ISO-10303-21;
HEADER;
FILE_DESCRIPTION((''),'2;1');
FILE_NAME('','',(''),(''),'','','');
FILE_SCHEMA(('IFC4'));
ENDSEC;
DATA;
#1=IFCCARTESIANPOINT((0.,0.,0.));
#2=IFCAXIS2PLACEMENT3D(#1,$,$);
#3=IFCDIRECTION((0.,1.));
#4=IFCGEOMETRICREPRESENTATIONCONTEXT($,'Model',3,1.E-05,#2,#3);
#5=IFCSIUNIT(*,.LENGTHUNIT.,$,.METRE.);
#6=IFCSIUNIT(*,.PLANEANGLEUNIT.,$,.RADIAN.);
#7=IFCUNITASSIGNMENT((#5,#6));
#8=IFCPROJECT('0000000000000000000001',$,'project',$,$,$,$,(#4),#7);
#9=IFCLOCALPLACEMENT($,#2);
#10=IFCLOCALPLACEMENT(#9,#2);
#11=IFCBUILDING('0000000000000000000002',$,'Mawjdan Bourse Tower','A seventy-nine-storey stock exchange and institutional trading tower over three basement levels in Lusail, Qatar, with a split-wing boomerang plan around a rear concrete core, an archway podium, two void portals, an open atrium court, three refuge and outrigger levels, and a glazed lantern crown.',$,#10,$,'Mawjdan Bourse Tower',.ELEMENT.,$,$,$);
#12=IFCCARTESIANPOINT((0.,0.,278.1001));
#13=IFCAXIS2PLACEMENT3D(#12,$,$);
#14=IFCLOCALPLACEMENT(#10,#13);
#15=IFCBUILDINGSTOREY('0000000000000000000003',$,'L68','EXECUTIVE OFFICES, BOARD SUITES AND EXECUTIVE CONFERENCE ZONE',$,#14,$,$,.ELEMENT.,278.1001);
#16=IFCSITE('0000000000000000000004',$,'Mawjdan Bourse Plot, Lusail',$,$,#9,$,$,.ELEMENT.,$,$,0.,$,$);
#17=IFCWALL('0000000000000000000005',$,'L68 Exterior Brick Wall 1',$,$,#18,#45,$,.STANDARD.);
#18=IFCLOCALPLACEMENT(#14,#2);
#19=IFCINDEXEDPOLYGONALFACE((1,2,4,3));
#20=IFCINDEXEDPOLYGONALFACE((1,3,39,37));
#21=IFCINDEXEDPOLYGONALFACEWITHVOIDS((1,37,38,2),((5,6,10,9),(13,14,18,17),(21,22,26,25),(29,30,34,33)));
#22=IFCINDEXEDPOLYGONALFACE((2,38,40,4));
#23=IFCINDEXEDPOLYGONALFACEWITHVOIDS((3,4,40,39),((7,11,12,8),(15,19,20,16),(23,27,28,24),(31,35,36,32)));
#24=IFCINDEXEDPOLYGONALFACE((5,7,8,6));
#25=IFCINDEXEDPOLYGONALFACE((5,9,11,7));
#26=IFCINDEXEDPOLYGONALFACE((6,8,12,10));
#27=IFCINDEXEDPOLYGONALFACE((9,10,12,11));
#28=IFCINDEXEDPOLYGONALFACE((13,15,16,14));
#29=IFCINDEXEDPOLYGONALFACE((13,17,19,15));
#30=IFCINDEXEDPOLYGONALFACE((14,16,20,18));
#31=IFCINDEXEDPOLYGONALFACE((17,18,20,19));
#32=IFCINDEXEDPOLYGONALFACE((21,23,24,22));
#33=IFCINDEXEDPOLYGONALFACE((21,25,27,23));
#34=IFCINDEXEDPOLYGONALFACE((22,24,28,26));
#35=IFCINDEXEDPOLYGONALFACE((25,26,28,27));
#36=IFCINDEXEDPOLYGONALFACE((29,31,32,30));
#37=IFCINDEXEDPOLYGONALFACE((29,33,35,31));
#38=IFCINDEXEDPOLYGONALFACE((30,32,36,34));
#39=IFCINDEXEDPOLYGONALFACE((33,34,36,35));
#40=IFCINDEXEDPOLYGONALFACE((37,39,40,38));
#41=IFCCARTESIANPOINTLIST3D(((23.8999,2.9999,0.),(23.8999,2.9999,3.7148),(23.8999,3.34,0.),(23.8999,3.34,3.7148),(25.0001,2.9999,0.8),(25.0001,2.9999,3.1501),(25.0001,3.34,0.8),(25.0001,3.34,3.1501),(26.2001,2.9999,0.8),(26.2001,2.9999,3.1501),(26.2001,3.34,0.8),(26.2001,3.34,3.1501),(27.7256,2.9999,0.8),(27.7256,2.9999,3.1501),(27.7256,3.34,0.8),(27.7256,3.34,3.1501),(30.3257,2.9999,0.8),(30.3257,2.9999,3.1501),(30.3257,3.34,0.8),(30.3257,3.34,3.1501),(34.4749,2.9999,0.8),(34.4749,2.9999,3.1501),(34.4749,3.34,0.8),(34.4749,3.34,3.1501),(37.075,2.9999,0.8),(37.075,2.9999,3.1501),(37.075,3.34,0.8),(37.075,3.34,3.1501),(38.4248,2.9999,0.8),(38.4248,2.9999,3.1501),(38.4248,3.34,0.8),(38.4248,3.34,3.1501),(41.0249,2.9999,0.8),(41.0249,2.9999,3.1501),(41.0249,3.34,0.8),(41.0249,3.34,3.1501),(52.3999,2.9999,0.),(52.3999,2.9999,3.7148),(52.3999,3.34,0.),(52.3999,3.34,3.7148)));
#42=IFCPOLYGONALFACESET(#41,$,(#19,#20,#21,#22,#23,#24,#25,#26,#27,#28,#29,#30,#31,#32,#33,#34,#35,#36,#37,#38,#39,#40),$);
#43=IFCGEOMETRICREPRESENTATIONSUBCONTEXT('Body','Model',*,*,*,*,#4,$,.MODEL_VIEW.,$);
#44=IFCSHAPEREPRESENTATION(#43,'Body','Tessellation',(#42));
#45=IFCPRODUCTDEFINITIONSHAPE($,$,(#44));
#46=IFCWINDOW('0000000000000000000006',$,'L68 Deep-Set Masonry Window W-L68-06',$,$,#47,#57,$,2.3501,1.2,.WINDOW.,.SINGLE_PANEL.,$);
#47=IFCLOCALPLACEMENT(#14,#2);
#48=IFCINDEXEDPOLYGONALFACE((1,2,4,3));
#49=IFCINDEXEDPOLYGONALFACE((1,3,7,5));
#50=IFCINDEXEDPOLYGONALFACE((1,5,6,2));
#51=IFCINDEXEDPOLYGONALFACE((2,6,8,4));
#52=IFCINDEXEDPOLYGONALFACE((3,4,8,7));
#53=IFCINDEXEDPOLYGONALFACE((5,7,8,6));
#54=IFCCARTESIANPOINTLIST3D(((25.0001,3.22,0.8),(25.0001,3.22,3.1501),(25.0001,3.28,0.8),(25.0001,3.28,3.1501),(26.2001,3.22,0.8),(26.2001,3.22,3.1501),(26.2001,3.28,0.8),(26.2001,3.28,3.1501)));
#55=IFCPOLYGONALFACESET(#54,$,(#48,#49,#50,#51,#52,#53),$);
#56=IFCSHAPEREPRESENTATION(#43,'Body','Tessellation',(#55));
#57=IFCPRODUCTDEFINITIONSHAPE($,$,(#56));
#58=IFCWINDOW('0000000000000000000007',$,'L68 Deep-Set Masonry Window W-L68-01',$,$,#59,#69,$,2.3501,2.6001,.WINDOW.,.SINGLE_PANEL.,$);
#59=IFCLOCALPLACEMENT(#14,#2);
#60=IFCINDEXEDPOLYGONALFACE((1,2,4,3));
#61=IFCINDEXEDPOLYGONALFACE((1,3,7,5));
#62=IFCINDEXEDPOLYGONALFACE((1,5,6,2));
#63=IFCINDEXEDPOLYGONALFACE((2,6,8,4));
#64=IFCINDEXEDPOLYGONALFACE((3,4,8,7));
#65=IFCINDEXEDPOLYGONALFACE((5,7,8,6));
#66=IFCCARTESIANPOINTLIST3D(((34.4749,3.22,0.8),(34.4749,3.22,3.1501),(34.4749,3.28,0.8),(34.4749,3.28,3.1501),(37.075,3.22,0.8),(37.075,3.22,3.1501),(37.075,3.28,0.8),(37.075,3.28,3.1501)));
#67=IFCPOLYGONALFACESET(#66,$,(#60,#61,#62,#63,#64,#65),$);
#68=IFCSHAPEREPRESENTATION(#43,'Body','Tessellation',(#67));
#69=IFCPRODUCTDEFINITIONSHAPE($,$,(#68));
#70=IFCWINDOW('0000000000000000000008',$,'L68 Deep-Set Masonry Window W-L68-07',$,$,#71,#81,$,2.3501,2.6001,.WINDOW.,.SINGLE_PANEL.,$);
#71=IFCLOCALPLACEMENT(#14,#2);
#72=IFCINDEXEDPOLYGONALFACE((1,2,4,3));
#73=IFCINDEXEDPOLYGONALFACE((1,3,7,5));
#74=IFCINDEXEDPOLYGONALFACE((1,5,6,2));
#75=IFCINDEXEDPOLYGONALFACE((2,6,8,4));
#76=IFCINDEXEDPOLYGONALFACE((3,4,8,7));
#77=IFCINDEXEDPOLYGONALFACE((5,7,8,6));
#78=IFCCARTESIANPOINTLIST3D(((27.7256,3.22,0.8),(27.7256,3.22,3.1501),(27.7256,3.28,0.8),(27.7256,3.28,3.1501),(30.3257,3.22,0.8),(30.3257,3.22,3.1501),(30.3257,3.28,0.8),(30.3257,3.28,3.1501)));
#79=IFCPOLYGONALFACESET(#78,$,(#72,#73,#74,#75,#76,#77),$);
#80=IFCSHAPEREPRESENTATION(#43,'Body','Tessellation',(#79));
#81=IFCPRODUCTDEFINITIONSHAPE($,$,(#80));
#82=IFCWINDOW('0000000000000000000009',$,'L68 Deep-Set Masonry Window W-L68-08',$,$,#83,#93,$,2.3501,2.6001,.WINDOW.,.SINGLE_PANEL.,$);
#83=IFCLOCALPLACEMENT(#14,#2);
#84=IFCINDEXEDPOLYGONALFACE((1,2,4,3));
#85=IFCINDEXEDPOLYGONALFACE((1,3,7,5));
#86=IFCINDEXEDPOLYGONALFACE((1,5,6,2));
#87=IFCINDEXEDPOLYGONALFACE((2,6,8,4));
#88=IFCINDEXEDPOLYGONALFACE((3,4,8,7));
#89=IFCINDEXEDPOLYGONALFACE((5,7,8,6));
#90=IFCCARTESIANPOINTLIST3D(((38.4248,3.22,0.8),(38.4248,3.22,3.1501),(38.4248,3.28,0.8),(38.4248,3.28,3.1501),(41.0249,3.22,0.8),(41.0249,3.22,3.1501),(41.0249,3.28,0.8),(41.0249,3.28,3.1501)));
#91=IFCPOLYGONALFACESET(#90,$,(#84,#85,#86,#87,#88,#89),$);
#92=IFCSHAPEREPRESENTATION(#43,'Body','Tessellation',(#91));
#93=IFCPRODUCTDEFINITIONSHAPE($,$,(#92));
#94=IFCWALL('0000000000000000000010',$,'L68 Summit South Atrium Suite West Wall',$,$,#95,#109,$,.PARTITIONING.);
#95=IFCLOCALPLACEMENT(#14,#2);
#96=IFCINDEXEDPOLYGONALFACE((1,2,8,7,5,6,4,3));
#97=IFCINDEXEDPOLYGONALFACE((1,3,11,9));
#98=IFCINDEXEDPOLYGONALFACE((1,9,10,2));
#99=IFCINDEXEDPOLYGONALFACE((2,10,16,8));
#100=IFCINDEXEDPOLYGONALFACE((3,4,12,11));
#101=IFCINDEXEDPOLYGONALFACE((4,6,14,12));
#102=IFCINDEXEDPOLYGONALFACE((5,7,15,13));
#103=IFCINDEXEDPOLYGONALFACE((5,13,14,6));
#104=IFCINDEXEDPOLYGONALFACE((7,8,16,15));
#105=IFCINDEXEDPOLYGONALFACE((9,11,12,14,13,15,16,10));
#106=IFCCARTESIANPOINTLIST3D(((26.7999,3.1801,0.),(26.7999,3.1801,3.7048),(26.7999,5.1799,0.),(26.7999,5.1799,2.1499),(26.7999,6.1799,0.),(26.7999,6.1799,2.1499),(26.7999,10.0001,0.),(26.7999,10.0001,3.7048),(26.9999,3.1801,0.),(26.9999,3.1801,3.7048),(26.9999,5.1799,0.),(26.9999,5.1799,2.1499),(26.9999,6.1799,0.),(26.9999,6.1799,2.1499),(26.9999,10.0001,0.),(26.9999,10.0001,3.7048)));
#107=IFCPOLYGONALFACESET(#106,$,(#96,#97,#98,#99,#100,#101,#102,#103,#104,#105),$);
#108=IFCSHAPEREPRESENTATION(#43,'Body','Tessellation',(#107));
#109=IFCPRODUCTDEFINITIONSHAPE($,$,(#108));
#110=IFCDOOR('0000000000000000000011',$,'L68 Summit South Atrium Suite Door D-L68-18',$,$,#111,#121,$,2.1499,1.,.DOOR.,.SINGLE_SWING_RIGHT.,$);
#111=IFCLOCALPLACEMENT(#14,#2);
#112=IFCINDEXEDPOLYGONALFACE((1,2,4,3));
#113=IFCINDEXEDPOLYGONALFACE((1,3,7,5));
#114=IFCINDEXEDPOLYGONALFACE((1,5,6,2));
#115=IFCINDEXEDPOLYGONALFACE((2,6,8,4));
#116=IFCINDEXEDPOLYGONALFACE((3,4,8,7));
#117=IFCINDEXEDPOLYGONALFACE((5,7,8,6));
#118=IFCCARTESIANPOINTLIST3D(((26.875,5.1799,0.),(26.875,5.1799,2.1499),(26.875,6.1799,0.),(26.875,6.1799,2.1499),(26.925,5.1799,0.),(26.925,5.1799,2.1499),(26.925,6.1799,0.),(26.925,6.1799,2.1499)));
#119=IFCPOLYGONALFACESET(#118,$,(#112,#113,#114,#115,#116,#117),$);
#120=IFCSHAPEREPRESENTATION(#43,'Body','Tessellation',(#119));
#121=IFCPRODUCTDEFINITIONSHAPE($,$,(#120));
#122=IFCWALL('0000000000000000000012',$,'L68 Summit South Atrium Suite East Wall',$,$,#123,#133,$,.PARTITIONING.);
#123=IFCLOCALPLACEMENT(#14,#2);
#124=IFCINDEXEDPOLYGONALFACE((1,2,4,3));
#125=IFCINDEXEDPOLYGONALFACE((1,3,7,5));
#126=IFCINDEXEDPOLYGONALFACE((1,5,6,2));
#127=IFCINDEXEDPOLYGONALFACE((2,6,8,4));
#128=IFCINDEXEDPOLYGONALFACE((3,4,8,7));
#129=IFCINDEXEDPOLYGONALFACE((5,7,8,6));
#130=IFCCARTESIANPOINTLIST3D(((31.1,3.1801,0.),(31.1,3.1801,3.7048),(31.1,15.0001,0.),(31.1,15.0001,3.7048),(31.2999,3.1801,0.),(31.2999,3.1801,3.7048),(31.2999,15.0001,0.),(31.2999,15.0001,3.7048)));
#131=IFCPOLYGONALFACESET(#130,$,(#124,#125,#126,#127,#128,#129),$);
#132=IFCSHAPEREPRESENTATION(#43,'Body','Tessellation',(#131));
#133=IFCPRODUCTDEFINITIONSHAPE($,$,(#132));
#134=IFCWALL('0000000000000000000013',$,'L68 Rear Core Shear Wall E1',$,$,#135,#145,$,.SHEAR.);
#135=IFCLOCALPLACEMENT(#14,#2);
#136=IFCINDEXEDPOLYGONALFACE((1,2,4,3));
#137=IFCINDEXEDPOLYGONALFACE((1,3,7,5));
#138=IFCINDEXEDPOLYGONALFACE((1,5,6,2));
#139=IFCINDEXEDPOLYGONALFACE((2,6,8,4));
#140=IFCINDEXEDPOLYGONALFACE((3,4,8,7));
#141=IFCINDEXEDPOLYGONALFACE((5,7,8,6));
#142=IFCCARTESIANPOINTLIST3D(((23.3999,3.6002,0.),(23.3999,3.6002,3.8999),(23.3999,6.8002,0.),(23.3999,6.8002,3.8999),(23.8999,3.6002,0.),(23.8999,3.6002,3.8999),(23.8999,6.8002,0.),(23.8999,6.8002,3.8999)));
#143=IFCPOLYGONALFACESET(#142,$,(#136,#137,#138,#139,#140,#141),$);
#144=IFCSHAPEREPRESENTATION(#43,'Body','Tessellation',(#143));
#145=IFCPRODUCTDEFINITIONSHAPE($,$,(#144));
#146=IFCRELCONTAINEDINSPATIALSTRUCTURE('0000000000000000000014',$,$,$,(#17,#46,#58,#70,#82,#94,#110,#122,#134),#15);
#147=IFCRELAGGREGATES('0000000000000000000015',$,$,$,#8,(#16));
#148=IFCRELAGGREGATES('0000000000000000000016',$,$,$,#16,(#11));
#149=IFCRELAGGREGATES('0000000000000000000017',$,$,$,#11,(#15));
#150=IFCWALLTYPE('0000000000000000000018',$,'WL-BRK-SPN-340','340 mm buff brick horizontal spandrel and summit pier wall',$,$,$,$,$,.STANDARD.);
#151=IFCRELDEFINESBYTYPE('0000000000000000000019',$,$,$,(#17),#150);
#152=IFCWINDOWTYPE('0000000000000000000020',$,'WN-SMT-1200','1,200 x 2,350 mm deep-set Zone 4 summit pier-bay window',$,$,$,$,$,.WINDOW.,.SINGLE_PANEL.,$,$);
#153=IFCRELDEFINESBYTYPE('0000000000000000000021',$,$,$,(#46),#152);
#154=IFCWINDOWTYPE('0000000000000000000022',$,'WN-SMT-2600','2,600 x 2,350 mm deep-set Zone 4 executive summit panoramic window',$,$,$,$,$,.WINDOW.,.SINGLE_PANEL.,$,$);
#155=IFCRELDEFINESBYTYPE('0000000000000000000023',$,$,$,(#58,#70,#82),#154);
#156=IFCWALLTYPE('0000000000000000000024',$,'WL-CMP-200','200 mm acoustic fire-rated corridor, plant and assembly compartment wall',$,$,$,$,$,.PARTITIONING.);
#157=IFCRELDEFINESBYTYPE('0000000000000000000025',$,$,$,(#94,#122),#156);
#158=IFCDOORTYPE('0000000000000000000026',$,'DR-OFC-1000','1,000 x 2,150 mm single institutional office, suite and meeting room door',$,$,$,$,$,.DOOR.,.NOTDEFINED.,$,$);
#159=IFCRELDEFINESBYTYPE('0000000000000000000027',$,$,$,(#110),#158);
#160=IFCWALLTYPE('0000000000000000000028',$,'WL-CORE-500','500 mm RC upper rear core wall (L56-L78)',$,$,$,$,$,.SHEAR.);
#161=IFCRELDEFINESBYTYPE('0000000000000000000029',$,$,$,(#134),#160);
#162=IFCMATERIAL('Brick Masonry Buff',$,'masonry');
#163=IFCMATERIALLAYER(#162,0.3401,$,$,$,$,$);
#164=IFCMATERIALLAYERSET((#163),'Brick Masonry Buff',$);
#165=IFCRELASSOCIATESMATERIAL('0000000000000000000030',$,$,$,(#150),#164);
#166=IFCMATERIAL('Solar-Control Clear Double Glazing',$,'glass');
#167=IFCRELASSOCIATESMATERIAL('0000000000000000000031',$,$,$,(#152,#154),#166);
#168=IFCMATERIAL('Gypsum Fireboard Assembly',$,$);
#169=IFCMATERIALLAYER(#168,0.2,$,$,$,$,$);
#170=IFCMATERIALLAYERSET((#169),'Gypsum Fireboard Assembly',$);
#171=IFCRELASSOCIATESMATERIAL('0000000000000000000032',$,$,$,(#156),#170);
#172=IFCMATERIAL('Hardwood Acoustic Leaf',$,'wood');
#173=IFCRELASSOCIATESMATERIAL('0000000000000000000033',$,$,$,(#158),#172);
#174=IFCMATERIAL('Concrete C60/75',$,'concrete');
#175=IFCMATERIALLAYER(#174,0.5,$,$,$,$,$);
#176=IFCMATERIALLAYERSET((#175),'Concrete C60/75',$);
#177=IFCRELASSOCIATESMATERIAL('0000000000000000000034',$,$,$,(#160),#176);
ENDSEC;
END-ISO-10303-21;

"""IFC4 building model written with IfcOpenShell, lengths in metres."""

from ifc_helpers import new_model, si_unit, direction, frame, frame_2d, origin, place, context, subcontext, project, spatial, rectangle, extrude, material, layer, layer_set, type_object, element, fill, save


model = new_model("IFC4")

# Units and contexts
model_context = context("Model", 3, precision=1e-05, world=origin(), true_north=direction((0.0, 1.0)))
body_context = subcontext(model_context, "Body", "Model", "MODEL_VIEW")
ifc_project = project(units=[si_unit("LENGTHUNIT", "METRE"), si_unit("PLANEANGLEUNIT", "RADIAN")], contexts=[model_context])

# Site, building, storey
site_placement = place(None, origin())
site = spatial("IfcSite", under=ifc_project, at=site_placement, Name="Mawjdan Bourse Plot, Lusail", CompositionType="ELEMENT", RefElevation=0.0)
building_placement = place(site_placement, origin())
building = spatial("IfcBuilding", under=site, at=building_placement, Name="Mawjdan Bourse Tower", Description="A seventy-nine-storey stock exchange and institutional trading tower over three basement levels in Lusail, Qatar, with a split-wing boomerang plan around a rear concrete core, an archway podium, two void portals, an open atrium court, three refuge and outrigger levels, and a glazed lantern crown.", LongName="Mawjdan Bourse Tower", CompositionType="ELEMENT")
storey_placement = place(building_placement, frame((0.0, 0.0, 278.1001)))
storey = spatial("IfcBuildingStorey", under=building, at=storey_placement, Name="L68", Description="EXECUTIVE OFFICES, BOARD SUITES AND EXECUTIVE CONFERENCE ZONE", CompositionType="ELEMENT", Elevation=278.1001)

# Shared definitions
ifc_material_1 = material(Name="Concrete C60/75", Category="concrete")

# Wall, openings, windows
ifc_material_2 = material(Name="Brick Masonry Buff", Category="masonry")
ifc_layer_1 = layer(ifc_material_2, 0.3401)
ifc_layer_set_1 = layer_set([ifc_layer_1], Name="Brick Masonry Buff")
wall_type_1 = type_object("IfcWallType", Name="WL-BRK-SPN-340", Description="340 mm buff brick horizontal spandrel and summit pier wall", PredefinedType="STANDARD", material=ifc_layer_set_1)
wall_1_placement = place(storey_placement, frame((23.8999, 3.1699, 0.0), z_axis=(0.0, 0.0, 1.0), x_axis=(1.0, 0.0, 0.0)))
wall_1 = element("IfcWall", 1, at=wall_1_placement, inside=storey, type_object=wall_type_1, Name="L68 Exterior Brick Wall 1", PredefinedType="STANDARD", context=body_context, shape_type="SweptSolid", body=[
    extrude(rectangle(XDim=28.5, YDim=0.3401, at=frame_2d((14.25, 0.0))), origin(), (0.0, 0.0, 1.0), 3.7148),
])
opening_1_placement = place(wall_1_placement, frame((10.575, 0.0, 0.8)))
opening_1 = element("IfcOpeningElement", 2, at=opening_1_placement, cuts=wall_1, PredefinedType="OPENING", context=body_context, shape_type="SweptSolid", body=[
    extrude(rectangle(XDim=2.6001, YDim=2.3501, at=frame_2d((1.3, 1.175))), frame((0.0, 0.1802, 0.0), z_axis=(0.0, -1.0, 0.0), x_axis=(1.0, 0.0, 0.0)), (0.0, 0.0, 1.0), 0.3601),
])
opening_2_placement = place(wall_1_placement, frame((1.1001, 0.0, 0.8)))
opening_2 = element("IfcOpeningElement", 3, at=opening_2_placement, cuts=wall_1, PredefinedType="OPENING", context=body_context, shape_type="SweptSolid", body=[
    extrude(rectangle(XDim=1.2, YDim=2.3501, at=frame_2d((0.6001, 1.175))), frame((0.0, 0.1802, 0.0), z_axis=(0.0, -1.0, 0.0), x_axis=(1.0, 0.0, 0.0)), (0.0, 0.0, 1.0), 0.3601),
])
opening_3_placement = place(wall_1_placement, frame((3.8257, 0.0, 0.8)))
opening_3 = element("IfcOpeningElement", 4, at=opening_3_placement, cuts=wall_1, PredefinedType="OPENING", context=body_context, shape_type="SweptSolid", body=[
    extrude(rectangle(XDim=2.6001, YDim=2.3501, at=frame_2d((1.3, 1.175))), frame((0.0, 0.1802, 0.0), z_axis=(0.0, -1.0, 0.0), x_axis=(1.0, 0.0, 0.0)), (0.0, 0.0, 1.0), 0.3601),
])
opening_4_placement = place(wall_1_placement, frame((14.5249, 0.0, 0.8)))
opening_4 = element("IfcOpeningElement", 5, at=opening_4_placement, cuts=wall_1, PredefinedType="OPENING", context=body_context, shape_type="SweptSolid", body=[
    extrude(rectangle(XDim=2.6001, YDim=2.3501, at=frame_2d((1.3, 1.175))), frame((0.0, 0.1802, 0.0), z_axis=(0.0, -1.0, 0.0), x_axis=(1.0, 0.0, 0.0)), (0.0, 0.0, 1.0), 0.3601),
])
ifc_material_3 = material(Name="Solar-Control Clear Double Glazing", Category="glass")
window_type_1 = type_object("IfcWindowType", Name="WN-SMT-1200", Description="1,200 x 2,350 mm deep-set Zone 4 summit pier-bay window", PartitioningType="SINGLE_PANEL", PredefinedType="WINDOW", material=ifc_material_3)
window_1_placement = place(opening_2_placement, origin())
window_1 = element("IfcWindow", 6, at=window_1_placement, inside=storey, type_object=window_type_1, Name="L68 Deep-Set Masonry Window W-L68-06", OverallHeight=2.3501, OverallWidth=1.2, PartitioningType="SINGLE_PANEL", PredefinedType="WINDOW", context=body_context, shape_type="SweptSolid", body=[
    extrude(rectangle(XDim=1.2, YDim=2.3501, at=frame_2d((0.6001, 1.175))), frame((0.0, 0.1101, 0.0), z_axis=(0.0, -1.0, 0.0), x_axis=(1.0, 0.0, 0.0)), (0.0, 0.0, 1.0), 0.0601),
])
fill(opening_2, window_1)
window_type_2 = type_object("IfcWindowType", Name="WN-SMT-2600", Description="2,600 x 2,350 mm deep-set Zone 4 executive summit panoramic window", PartitioningType="SINGLE_PANEL", PredefinedType="WINDOW", material=ifc_material_3)
window_2_placement = place(opening_1_placement, origin())
window_2 = element("IfcWindow", 7, at=window_2_placement, inside=storey, type_object=window_type_2, Name="L68 Deep-Set Masonry Window W-L68-01", OverallHeight=2.3501, OverallWidth=2.6001, PartitioningType="SINGLE_PANEL", PredefinedType="WINDOW", context=body_context, shape_type="SweptSolid", body=[
    extrude(rectangle(XDim=2.6001, YDim=2.3501, at=frame_2d((1.3, 1.175))), frame((0.0, 0.1101, 0.0), z_axis=(0.0, -1.0, 0.0), x_axis=(1.0, 0.0, 0.0)), (0.0, 0.0, 1.0), 0.0601),
])
fill(opening_1, window_2)
window_3_placement = place(opening_3_placement, origin())
window_3 = element("IfcWindow", 8, at=window_3_placement, inside=storey, type_object=window_type_2, Name="L68 Deep-Set Masonry Window W-L68-07", OverallHeight=2.3501, OverallWidth=2.6001, PartitioningType="SINGLE_PANEL", PredefinedType="WINDOW", context=body_context, shape_type="SweptSolid", body=[
    extrude(rectangle(XDim=2.6001, YDim=2.3501, at=frame_2d((1.3, 1.175))), frame((0.0, 0.1101, 0.0), z_axis=(0.0, -1.0, 0.0), x_axis=(1.0, 0.0, 0.0)), (0.0, 0.0, 1.0), 0.0601),
])
fill(opening_3, window_3)
window_4_placement = place(opening_4_placement, origin())
window_4 = element("IfcWindow", 9, at=window_4_placement, inside=storey, type_object=window_type_2, Name="L68 Deep-Set Masonry Window W-L68-08", OverallHeight=2.3501, OverallWidth=2.6001, PartitioningType="SINGLE_PANEL", PredefinedType="WINDOW", context=body_context, shape_type="SweptSolid", body=[
    extrude(rectangle(XDim=2.6001, YDim=2.3501, at=frame_2d((1.3, 1.175))), frame((0.0, 0.1101, 0.0), z_axis=(0.0, -1.0, 0.0), x_axis=(1.0, 0.0, 0.0)), (0.0, 0.0, 1.0), 0.0601),
])
fill(opening_4, window_4)

# Wall, opening, door
ifc_material_4 = material(Name="Gypsum Fireboard Assembly")
ifc_layer_2 = layer(ifc_material_4, 0.2)
ifc_layer_set_2 = layer_set([ifc_layer_2], Name="Gypsum Fireboard Assembly")
wall_type_2 = type_object("IfcWallType", Name="WL-CMP-200", Description="200 mm acoustic fire-rated corridor, plant and assembly compartment wall", PredefinedType="PARTITIONING", material=ifc_layer_set_2)
ifc_material_5 = material(Name="Hardwood Acoustic Leaf", Category="wood")
door_type_1 = type_object("IfcDoorType", Name="DR-OFC-1000", Description="1,000 x 2,150 mm single institutional office, suite and meeting room door", OperationType="NOTDEFINED", PredefinedType="DOOR", material=ifc_material_5)
wall_2_placement = place(storey_placement, frame((26.8999, 3.1799, 0.0), z_axis=(0.0, 0.0, 1.0), x_axis=(0.0, 1.0, 0.0)))
wall_2 = element("IfcWall", 10, at=wall_2_placement, inside=storey, type_object=wall_type_2, Name="L68 Summit South Atrium Suite West Wall", PredefinedType="PARTITIONING", context=body_context, shape_type="SweptSolid", body=[
    extrude(rectangle(XDim=6.8201, YDim=0.2, at=frame_2d((3.4102, 0.0))), origin(), (0.0, 0.0, 1.0), 3.7048),
])
opening_5_placement = place(wall_2_placement, frame((2.0, 0.0, 0.0)))
opening_5 = element("IfcOpeningElement", 11, at=opening_5_placement, cuts=wall_2, PredefinedType="OPENING", context=body_context, shape_type="SweptSolid", body=[
    extrude(rectangle(XDim=1.0, YDim=2.1499, at=frame_2d((0.5, 1.075))), frame((0.0, 0.1099, 0.0), z_axis=(0.0, -1.0, 0.0), x_axis=(1.0, 0.0, 0.0)), (0.0, 0.0, 1.0), 0.22),
])
door_1_placement = place(opening_5_placement, origin())
door_1 = element("IfcDoor", 12, at=door_1_placement, inside=storey, type_object=door_type_1, Name="L68 Summit South Atrium Suite Door D-L68-18", OperationType="SINGLE_SWING_RIGHT", OverallHeight=2.1499, OverallWidth=1.0, PredefinedType="DOOR", context=body_context, shape_type="SweptSolid", body=[
    extrude(rectangle(XDim=1.0, YDim=2.1499, at=frame_2d((0.5, 1.075))), frame((0.0, 0.0249, 0.0), z_axis=(0.0, -1.0, 0.0), x_axis=(1.0, 0.0, 0.0)), (0.0, 0.0, 1.0), 0.05),
])
fill(opening_5, door_1)

# Walls
wall_3_placement = place(storey_placement, frame((31.2, 3.1799, 0.0), z_axis=(0.0, 0.0, 1.0), x_axis=(0.0, 1.0, 0.0)))
element("IfcWall", 13, at=wall_3_placement, inside=storey, type_object=wall_type_2, Name="L68 Summit South Atrium Suite East Wall", PredefinedType="PARTITIONING", context=body_context, shape_type="SweptSolid", body=[
    extrude(rectangle(XDim=11.8201, YDim=0.2, at=frame_2d((5.9102, 0.0))), origin(), (0.0, 0.0, 1.0), 3.7048),
])
ifc_layer_3 = layer(ifc_material_1, 0.5)
ifc_layer_set_3 = layer_set([ifc_layer_3], Name="Concrete C60/75")
wall_type_3 = type_object("IfcWallType", Name="WL-CORE-500", Description="500 mm RC upper rear core wall (L56-L78)", PredefinedType="SHEAR", material=ifc_layer_set_3)
wall_4_placement = place(storey_placement, frame((23.6499, 3.6001, 0.0), z_axis=(0.0, 0.0, 1.0), x_axis=(0.0, 1.0, 0.0)))
element("IfcWall", 14, at=wall_4_placement, inside=storey, type_object=wall_type_3, Name="L68 Rear Core Shear Wall E1", PredefinedType="SHEAR", context=body_context, shape_type="SweptSolid", body=[
    extrude(rectangle(XDim=3.2, YDim=0.5, at=frame_2d((1.6001, 0.0))), origin(), (0.0, 0.0, 1.0), 3.8999),
])

save(model, "model.ifc")
